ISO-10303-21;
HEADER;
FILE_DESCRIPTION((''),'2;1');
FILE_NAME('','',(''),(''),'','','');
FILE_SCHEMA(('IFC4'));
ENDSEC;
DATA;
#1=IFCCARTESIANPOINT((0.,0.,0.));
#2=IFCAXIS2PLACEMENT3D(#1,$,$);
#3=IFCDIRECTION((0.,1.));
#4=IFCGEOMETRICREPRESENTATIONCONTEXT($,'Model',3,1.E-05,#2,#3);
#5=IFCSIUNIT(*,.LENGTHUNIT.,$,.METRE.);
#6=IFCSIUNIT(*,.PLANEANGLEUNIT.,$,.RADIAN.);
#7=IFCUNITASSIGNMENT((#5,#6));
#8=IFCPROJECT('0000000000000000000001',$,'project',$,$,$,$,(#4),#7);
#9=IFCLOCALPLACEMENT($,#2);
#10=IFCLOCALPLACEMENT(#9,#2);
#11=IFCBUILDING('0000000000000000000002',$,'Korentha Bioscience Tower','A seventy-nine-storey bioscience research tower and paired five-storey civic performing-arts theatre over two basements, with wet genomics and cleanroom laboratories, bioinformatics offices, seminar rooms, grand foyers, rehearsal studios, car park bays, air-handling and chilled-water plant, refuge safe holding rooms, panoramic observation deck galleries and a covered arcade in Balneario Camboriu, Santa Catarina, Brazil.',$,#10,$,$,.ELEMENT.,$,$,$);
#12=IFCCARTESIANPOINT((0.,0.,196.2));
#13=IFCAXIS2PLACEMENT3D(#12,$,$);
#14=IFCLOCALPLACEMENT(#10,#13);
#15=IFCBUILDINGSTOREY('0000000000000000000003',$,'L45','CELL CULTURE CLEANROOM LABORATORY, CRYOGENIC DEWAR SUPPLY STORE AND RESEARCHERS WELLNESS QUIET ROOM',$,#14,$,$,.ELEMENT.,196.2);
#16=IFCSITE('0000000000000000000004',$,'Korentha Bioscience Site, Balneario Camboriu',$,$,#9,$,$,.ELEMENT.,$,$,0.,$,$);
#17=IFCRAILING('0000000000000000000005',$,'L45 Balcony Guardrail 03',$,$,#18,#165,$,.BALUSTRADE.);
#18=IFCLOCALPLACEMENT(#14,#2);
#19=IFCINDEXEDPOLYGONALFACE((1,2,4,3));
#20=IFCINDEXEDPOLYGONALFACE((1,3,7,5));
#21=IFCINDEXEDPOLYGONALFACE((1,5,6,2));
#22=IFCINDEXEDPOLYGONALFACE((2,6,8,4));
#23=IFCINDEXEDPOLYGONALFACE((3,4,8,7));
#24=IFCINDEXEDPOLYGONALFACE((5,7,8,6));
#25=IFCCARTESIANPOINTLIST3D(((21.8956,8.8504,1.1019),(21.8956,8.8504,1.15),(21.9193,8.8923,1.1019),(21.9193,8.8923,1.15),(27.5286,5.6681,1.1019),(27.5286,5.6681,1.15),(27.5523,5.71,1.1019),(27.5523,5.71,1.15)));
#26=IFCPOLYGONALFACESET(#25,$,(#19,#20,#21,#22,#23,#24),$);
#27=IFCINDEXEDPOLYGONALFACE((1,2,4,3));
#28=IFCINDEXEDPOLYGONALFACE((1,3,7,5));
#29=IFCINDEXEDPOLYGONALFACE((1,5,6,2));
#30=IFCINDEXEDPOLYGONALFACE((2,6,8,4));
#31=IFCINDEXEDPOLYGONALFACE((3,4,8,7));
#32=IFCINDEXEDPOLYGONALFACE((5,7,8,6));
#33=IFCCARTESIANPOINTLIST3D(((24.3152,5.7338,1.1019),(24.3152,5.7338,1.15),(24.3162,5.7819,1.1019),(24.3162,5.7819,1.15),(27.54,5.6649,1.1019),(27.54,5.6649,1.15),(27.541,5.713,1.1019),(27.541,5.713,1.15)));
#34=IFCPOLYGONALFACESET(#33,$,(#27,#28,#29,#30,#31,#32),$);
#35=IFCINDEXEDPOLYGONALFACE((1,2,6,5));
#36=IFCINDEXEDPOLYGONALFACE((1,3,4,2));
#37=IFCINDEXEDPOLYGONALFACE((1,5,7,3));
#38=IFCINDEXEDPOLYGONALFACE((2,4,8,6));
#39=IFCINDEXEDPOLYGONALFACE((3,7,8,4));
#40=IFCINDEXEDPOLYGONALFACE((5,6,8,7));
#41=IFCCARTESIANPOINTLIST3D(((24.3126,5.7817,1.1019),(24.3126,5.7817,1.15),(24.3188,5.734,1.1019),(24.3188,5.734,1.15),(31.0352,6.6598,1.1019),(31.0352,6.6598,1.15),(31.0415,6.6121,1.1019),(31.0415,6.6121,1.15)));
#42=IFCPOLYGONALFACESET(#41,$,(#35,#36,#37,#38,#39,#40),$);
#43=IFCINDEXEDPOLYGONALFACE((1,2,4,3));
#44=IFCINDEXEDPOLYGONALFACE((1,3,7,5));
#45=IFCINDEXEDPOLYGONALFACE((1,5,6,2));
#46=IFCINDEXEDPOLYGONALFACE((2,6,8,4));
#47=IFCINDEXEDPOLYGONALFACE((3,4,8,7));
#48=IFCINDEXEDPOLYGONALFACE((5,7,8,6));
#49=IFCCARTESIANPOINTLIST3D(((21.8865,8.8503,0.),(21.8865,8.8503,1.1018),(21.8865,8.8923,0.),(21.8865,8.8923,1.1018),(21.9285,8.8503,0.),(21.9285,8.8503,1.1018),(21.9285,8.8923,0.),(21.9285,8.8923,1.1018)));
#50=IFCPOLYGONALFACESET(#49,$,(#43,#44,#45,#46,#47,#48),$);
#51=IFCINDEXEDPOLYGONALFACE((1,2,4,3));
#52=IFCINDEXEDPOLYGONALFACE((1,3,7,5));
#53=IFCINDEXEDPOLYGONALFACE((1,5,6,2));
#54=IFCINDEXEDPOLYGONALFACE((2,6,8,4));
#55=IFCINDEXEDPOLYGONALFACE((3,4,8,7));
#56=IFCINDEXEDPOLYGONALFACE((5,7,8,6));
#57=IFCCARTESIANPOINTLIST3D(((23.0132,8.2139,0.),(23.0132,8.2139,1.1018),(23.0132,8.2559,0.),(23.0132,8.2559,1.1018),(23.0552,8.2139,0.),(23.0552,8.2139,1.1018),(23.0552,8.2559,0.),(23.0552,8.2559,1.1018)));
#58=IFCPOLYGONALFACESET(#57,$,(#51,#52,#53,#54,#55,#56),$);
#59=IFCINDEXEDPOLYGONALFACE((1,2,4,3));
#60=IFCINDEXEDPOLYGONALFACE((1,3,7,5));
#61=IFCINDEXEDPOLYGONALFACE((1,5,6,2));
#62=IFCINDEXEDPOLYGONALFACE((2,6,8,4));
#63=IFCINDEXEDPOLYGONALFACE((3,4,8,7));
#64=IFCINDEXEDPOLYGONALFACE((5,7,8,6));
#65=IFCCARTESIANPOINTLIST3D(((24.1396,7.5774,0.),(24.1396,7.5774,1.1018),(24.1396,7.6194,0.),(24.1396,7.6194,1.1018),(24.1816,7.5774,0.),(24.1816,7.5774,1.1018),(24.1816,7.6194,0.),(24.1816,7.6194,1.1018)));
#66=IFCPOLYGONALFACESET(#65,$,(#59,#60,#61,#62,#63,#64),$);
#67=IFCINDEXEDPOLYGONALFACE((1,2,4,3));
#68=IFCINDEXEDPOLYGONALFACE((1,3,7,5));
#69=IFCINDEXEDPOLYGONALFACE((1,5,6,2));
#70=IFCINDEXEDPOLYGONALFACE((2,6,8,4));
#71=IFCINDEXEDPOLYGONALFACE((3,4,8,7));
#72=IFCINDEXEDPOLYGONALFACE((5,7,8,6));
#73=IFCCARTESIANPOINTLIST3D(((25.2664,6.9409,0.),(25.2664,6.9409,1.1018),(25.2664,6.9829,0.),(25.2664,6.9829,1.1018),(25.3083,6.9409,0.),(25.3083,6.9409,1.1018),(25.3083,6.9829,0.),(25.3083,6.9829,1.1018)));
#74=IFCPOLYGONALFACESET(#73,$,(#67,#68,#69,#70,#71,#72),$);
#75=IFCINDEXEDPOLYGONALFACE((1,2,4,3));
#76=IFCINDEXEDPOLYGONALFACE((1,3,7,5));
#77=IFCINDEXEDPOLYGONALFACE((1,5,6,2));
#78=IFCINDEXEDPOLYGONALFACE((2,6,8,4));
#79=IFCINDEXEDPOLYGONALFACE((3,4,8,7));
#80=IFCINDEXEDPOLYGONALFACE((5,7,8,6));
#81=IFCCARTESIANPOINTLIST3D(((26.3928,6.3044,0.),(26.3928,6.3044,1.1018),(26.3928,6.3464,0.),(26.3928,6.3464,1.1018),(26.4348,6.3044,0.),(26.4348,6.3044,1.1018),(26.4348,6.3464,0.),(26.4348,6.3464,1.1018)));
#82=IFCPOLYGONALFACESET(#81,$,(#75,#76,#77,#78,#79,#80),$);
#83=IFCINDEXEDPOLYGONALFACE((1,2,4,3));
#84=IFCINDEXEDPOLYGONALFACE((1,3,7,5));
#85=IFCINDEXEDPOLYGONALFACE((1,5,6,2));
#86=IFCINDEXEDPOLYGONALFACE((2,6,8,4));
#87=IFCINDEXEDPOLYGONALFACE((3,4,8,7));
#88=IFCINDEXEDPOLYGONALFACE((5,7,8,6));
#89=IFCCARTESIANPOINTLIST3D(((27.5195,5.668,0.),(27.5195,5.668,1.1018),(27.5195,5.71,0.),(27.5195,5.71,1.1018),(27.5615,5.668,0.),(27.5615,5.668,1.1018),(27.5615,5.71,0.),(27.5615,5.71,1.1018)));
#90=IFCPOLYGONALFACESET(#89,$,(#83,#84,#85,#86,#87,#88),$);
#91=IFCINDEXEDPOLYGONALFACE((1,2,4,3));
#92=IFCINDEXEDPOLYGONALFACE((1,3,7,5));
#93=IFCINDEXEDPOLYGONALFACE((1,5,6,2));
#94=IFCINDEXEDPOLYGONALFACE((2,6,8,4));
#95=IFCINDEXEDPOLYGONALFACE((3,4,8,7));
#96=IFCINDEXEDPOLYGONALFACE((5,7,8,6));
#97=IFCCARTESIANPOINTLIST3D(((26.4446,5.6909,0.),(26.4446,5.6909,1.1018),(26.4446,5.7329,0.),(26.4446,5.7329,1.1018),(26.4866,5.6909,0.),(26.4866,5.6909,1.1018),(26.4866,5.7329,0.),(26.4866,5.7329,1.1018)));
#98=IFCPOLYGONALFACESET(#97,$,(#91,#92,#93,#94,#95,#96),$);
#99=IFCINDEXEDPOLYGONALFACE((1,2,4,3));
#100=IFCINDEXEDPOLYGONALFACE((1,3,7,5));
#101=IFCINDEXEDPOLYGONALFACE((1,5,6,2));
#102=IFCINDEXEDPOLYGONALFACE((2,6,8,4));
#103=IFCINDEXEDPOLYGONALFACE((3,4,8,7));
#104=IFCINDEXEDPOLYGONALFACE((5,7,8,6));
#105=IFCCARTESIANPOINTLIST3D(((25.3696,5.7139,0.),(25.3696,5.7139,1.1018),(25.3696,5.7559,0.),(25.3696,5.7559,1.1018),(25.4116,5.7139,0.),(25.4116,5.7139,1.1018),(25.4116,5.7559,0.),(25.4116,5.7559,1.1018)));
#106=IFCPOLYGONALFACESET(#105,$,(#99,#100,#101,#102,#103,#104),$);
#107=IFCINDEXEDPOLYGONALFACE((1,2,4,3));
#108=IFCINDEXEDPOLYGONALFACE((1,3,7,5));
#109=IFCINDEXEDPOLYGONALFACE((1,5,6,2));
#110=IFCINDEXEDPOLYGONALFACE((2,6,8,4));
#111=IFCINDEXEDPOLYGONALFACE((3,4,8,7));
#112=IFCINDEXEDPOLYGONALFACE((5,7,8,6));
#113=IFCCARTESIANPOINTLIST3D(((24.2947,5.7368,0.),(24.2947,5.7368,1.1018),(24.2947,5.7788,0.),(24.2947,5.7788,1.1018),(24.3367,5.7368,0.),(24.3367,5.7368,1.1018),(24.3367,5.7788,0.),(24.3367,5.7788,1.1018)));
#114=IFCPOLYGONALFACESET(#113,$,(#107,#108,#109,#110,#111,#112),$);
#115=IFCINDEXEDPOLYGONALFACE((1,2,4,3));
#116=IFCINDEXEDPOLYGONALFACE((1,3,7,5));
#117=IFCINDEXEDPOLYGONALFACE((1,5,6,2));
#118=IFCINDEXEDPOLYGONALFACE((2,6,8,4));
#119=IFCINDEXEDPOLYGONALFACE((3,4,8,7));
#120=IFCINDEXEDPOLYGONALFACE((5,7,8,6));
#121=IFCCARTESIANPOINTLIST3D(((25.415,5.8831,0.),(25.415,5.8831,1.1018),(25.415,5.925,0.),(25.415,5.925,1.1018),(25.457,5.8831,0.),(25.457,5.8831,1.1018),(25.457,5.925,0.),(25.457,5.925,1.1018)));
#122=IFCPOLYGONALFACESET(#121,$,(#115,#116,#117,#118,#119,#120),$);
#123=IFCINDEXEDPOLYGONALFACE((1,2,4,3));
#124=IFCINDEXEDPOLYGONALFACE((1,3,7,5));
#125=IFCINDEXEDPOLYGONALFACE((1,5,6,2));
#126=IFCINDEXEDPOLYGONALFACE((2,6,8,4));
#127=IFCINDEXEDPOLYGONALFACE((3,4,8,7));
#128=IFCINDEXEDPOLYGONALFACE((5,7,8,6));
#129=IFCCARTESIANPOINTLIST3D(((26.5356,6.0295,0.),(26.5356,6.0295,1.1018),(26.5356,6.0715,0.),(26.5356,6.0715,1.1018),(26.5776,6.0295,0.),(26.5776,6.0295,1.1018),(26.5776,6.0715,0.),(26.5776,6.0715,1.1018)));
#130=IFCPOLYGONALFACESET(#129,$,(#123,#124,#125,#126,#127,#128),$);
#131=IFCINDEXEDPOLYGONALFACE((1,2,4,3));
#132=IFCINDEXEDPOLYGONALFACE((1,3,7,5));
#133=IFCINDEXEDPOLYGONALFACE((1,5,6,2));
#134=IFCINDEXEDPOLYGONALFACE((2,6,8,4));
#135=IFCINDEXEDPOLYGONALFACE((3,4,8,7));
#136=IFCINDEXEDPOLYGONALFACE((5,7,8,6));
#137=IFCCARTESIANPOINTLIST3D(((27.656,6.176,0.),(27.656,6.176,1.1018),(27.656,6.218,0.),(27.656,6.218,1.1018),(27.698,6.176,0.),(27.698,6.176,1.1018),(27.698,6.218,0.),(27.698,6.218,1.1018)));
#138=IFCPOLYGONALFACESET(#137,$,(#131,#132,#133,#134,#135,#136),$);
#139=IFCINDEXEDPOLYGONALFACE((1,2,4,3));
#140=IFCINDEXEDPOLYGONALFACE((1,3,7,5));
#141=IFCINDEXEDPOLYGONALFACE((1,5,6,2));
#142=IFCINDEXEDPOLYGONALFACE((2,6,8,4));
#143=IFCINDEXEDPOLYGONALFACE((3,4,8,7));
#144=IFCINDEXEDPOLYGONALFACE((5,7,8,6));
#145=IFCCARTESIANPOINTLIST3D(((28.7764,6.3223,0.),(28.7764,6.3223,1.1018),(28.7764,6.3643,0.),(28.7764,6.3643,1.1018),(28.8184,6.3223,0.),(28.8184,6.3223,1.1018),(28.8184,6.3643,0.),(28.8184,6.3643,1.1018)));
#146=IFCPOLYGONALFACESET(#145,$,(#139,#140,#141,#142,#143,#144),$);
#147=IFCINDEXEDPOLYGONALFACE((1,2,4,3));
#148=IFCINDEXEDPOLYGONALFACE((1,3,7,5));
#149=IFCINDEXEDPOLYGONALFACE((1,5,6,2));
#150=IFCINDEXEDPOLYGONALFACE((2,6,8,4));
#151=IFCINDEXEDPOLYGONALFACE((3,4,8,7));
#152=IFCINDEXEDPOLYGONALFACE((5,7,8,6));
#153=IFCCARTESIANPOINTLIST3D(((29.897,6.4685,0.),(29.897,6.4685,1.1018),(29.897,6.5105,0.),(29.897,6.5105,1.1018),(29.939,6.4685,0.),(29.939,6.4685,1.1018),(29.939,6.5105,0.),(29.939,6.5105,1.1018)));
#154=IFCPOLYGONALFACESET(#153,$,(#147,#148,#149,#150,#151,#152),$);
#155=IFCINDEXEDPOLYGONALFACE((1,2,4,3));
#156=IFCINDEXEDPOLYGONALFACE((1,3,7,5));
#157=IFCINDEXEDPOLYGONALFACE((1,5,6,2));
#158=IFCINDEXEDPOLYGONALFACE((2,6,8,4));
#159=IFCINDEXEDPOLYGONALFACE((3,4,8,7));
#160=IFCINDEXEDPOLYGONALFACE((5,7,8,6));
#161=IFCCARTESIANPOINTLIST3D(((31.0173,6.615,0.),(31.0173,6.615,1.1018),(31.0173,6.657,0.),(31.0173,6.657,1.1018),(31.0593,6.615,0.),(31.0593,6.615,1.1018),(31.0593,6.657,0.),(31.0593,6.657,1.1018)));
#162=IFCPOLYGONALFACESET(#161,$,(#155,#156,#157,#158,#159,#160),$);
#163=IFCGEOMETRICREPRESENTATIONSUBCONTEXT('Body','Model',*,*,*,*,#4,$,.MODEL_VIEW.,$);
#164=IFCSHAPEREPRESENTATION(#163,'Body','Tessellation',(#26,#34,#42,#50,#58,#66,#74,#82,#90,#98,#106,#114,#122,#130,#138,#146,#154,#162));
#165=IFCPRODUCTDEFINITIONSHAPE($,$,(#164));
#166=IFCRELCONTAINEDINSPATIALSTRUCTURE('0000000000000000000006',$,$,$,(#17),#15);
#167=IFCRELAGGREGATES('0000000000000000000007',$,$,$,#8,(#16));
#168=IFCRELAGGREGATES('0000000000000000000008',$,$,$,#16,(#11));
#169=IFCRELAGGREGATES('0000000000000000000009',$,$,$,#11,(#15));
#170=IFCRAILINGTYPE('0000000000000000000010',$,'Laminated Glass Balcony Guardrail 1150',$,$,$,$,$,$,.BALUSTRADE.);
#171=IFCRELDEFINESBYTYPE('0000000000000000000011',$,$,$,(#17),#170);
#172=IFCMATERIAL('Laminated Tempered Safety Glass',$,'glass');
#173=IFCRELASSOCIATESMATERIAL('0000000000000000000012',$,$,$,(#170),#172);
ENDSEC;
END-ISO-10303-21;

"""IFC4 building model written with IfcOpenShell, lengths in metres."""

from ifc_helpers import new_model, si_unit, direction, frame, origin, origin_2d, place, context, subcontext, project, spatial, rectangle, extrude, material, type_object, element, save


model = new_model("IFC4")

# Units and contexts
model_context = context("Model", 3, precision=1e-05, world=origin(), true_north=direction((0.0, 1.0)))
body_context = subcontext(model_context, "Body", "Model", "MODEL_VIEW")
ifc_project = project(units=[si_unit("LENGTHUNIT", "METRE"), si_unit("PLANEANGLEUNIT", "RADIAN")], contexts=[model_context])

# Site, building, storey
site_placement = place(None, origin())
site = spatial("IfcSite", under=ifc_project, at=site_placement, Name="Korentha Bioscience Site, Balneario Camboriu", CompositionType="ELEMENT", RefElevation=0.0)
building_placement = place(site_placement, origin())
building = spatial("IfcBuilding", under=site, at=building_placement, Name="Korentha Bioscience Tower", Description="A seventy-nine-storey bioscience research tower and paired five-storey civic performing-arts theatre over two basements, with wet genomics and cleanroom laboratories, bioinformatics offices, seminar rooms, grand foyers, rehearsal studios, car park bays, air-handling and chilled-water plant, refuge safe holding rooms, panoramic observation deck galleries and a covered arcade in Balneario Camboriu, Santa Catarina, Brazil.", CompositionType="ELEMENT")
storey_placement = place(building_placement, frame((0.0, 0.0, 196.2)))
storey = spatial("IfcBuildingStorey", under=building, at=storey_placement, Name="L45", Description="CELL CULTURE CLEANROOM LABORATORY, CRYOGENIC DEWAR SUPPLY STORE AND RESEARCHERS WELLNESS QUIET ROOM", CompositionType="ELEMENT", Elevation=196.2)

# Railing
ifc_material_1 = material(Name="Laminated Tempered Safety Glass", Category="glass")
railing_type = type_object("IfcRailingType", Name="Laminated Glass Balcony Guardrail 1150", PredefinedType="BALUSTRADE", material=ifc_material_1)
railing_placement = place(storey_placement, frame((21.9075, 8.8713, 0.0)))
element("IfcRailing", 1, at=railing_placement, inside=storey, type_object=railing_type, Name="L45 Balcony Guardrail 03", PredefinedType="BALUSTRADE", context=body_context, shape_type="SweptSolid", body=[
    extrude(rectangle(XDim=0.0481, YDim=0.0481, at=origin_2d()), frame((0.0, 0.0, 1.126), z_axis=(0.870664, -0.491878, 0.0), x_axis=(0.491878, 0.870664, 0.0)), (0.0, 0.0, 1.0), 6.4697),
    extrude(rectangle(XDim=0.0481, YDim=0.0481, at=origin_2d()), frame((5.6331, -3.1824, 1.126), z_axis=(-0.999772, 0.021344, 0.0), x_axis=(-0.021344, -0.999772, 0.0)), (0.0, 0.0, 1.0), 3.2256),
    extrude(rectangle(XDim=0.0481, YDim=0.0481, at=origin_2d()), frame((2.4082, -3.1135, 1.126), z_axis=(0.991576, 0.129529, 0.0), x_axis=(-0.129529, 0.991576, 0.0)), (0.0, 0.0, 1.0), 6.7798),
    extrude(rectangle(XDim=0.042, YDim=0.042, at=origin_2d()), origin(), (0.0, 0.0, 1.0), 1.1018),
    extrude(rectangle(XDim=0.042, YDim=0.042, at=origin_2d()), frame((1.1267, -0.6365, 0.0)), (0.0, 0.0, 1.0), 1.1018),
    extrude(rectangle(XDim=0.042, YDim=0.042, at=origin_2d()), frame((2.2532, -1.2729, 0.0)), (0.0, 0.0, 1.0), 1.1018),
    extrude(rectangle(XDim=0.042, YDim=0.042, at=origin_2d()), frame((3.3799, -1.9094, 0.0)), (0.0, 0.0, 1.0), 1.1018),
    extrude(rectangle(XDim=0.042, YDim=0.042, at=origin_2d()), frame((4.5063, -2.5459, 0.0)), (0.0, 0.0, 1.0), 1.1018),
    extrude(rectangle(XDim=0.042, YDim=0.042, at=origin_2d()), frame((5.6331, -3.1824, 0.0)), (0.0, 0.0, 1.0), 1.1018),
    extrude(rectangle(XDim=0.042, YDim=0.042, at=origin_2d()), frame((4.5581, -3.1594, 0.0)), (0.0, 0.0, 1.0), 1.1018),
    extrude(rectangle(XDim=0.042, YDim=0.042, at=origin_2d()), frame((3.4832, -3.1365, 0.0)), (0.0, 0.0, 1.0), 1.1018),
    extrude(rectangle(XDim=0.042, YDim=0.042, at=origin_2d()), frame((2.4082, -3.1135, 0.0)), (0.0, 0.0, 1.0), 1.1018),
    extrude(rectangle(XDim=0.042, YDim=0.042, at=origin_2d()), frame((3.5286, -2.9673, 0.0)), (0.0, 0.0, 1.0), 1.1018),
    extrude(rectangle(XDim=0.042, YDim=0.042, at=origin_2d()), frame((4.6492, -2.8208, 0.0)), (0.0, 0.0, 1.0), 1.1018),
    extrude(rectangle(XDim=0.042, YDim=0.042, at=origin_2d()), frame((5.7695, -2.6743, 0.0)), (0.0, 0.0, 1.0), 1.1018),
    extrude(rectangle(XDim=0.042, YDim=0.042, at=origin_2d()), frame((6.8899, -2.5281, 0.0)), (0.0, 0.0, 1.0), 1.1018),
    extrude(rectangle(XDim=0.042, YDim=0.042, at=origin_2d()), frame((8.0105, -2.3818, 0.0)), (0.0, 0.0, 1.0), 1.1018),
    extrude(rectangle(XDim=0.042, YDim=0.042, at=origin_2d()), frame((9.1309, -2.2354, 0.0)), (0.0, 0.0, 1.0), 1.1018),
])

save(model, "model.ifc")
